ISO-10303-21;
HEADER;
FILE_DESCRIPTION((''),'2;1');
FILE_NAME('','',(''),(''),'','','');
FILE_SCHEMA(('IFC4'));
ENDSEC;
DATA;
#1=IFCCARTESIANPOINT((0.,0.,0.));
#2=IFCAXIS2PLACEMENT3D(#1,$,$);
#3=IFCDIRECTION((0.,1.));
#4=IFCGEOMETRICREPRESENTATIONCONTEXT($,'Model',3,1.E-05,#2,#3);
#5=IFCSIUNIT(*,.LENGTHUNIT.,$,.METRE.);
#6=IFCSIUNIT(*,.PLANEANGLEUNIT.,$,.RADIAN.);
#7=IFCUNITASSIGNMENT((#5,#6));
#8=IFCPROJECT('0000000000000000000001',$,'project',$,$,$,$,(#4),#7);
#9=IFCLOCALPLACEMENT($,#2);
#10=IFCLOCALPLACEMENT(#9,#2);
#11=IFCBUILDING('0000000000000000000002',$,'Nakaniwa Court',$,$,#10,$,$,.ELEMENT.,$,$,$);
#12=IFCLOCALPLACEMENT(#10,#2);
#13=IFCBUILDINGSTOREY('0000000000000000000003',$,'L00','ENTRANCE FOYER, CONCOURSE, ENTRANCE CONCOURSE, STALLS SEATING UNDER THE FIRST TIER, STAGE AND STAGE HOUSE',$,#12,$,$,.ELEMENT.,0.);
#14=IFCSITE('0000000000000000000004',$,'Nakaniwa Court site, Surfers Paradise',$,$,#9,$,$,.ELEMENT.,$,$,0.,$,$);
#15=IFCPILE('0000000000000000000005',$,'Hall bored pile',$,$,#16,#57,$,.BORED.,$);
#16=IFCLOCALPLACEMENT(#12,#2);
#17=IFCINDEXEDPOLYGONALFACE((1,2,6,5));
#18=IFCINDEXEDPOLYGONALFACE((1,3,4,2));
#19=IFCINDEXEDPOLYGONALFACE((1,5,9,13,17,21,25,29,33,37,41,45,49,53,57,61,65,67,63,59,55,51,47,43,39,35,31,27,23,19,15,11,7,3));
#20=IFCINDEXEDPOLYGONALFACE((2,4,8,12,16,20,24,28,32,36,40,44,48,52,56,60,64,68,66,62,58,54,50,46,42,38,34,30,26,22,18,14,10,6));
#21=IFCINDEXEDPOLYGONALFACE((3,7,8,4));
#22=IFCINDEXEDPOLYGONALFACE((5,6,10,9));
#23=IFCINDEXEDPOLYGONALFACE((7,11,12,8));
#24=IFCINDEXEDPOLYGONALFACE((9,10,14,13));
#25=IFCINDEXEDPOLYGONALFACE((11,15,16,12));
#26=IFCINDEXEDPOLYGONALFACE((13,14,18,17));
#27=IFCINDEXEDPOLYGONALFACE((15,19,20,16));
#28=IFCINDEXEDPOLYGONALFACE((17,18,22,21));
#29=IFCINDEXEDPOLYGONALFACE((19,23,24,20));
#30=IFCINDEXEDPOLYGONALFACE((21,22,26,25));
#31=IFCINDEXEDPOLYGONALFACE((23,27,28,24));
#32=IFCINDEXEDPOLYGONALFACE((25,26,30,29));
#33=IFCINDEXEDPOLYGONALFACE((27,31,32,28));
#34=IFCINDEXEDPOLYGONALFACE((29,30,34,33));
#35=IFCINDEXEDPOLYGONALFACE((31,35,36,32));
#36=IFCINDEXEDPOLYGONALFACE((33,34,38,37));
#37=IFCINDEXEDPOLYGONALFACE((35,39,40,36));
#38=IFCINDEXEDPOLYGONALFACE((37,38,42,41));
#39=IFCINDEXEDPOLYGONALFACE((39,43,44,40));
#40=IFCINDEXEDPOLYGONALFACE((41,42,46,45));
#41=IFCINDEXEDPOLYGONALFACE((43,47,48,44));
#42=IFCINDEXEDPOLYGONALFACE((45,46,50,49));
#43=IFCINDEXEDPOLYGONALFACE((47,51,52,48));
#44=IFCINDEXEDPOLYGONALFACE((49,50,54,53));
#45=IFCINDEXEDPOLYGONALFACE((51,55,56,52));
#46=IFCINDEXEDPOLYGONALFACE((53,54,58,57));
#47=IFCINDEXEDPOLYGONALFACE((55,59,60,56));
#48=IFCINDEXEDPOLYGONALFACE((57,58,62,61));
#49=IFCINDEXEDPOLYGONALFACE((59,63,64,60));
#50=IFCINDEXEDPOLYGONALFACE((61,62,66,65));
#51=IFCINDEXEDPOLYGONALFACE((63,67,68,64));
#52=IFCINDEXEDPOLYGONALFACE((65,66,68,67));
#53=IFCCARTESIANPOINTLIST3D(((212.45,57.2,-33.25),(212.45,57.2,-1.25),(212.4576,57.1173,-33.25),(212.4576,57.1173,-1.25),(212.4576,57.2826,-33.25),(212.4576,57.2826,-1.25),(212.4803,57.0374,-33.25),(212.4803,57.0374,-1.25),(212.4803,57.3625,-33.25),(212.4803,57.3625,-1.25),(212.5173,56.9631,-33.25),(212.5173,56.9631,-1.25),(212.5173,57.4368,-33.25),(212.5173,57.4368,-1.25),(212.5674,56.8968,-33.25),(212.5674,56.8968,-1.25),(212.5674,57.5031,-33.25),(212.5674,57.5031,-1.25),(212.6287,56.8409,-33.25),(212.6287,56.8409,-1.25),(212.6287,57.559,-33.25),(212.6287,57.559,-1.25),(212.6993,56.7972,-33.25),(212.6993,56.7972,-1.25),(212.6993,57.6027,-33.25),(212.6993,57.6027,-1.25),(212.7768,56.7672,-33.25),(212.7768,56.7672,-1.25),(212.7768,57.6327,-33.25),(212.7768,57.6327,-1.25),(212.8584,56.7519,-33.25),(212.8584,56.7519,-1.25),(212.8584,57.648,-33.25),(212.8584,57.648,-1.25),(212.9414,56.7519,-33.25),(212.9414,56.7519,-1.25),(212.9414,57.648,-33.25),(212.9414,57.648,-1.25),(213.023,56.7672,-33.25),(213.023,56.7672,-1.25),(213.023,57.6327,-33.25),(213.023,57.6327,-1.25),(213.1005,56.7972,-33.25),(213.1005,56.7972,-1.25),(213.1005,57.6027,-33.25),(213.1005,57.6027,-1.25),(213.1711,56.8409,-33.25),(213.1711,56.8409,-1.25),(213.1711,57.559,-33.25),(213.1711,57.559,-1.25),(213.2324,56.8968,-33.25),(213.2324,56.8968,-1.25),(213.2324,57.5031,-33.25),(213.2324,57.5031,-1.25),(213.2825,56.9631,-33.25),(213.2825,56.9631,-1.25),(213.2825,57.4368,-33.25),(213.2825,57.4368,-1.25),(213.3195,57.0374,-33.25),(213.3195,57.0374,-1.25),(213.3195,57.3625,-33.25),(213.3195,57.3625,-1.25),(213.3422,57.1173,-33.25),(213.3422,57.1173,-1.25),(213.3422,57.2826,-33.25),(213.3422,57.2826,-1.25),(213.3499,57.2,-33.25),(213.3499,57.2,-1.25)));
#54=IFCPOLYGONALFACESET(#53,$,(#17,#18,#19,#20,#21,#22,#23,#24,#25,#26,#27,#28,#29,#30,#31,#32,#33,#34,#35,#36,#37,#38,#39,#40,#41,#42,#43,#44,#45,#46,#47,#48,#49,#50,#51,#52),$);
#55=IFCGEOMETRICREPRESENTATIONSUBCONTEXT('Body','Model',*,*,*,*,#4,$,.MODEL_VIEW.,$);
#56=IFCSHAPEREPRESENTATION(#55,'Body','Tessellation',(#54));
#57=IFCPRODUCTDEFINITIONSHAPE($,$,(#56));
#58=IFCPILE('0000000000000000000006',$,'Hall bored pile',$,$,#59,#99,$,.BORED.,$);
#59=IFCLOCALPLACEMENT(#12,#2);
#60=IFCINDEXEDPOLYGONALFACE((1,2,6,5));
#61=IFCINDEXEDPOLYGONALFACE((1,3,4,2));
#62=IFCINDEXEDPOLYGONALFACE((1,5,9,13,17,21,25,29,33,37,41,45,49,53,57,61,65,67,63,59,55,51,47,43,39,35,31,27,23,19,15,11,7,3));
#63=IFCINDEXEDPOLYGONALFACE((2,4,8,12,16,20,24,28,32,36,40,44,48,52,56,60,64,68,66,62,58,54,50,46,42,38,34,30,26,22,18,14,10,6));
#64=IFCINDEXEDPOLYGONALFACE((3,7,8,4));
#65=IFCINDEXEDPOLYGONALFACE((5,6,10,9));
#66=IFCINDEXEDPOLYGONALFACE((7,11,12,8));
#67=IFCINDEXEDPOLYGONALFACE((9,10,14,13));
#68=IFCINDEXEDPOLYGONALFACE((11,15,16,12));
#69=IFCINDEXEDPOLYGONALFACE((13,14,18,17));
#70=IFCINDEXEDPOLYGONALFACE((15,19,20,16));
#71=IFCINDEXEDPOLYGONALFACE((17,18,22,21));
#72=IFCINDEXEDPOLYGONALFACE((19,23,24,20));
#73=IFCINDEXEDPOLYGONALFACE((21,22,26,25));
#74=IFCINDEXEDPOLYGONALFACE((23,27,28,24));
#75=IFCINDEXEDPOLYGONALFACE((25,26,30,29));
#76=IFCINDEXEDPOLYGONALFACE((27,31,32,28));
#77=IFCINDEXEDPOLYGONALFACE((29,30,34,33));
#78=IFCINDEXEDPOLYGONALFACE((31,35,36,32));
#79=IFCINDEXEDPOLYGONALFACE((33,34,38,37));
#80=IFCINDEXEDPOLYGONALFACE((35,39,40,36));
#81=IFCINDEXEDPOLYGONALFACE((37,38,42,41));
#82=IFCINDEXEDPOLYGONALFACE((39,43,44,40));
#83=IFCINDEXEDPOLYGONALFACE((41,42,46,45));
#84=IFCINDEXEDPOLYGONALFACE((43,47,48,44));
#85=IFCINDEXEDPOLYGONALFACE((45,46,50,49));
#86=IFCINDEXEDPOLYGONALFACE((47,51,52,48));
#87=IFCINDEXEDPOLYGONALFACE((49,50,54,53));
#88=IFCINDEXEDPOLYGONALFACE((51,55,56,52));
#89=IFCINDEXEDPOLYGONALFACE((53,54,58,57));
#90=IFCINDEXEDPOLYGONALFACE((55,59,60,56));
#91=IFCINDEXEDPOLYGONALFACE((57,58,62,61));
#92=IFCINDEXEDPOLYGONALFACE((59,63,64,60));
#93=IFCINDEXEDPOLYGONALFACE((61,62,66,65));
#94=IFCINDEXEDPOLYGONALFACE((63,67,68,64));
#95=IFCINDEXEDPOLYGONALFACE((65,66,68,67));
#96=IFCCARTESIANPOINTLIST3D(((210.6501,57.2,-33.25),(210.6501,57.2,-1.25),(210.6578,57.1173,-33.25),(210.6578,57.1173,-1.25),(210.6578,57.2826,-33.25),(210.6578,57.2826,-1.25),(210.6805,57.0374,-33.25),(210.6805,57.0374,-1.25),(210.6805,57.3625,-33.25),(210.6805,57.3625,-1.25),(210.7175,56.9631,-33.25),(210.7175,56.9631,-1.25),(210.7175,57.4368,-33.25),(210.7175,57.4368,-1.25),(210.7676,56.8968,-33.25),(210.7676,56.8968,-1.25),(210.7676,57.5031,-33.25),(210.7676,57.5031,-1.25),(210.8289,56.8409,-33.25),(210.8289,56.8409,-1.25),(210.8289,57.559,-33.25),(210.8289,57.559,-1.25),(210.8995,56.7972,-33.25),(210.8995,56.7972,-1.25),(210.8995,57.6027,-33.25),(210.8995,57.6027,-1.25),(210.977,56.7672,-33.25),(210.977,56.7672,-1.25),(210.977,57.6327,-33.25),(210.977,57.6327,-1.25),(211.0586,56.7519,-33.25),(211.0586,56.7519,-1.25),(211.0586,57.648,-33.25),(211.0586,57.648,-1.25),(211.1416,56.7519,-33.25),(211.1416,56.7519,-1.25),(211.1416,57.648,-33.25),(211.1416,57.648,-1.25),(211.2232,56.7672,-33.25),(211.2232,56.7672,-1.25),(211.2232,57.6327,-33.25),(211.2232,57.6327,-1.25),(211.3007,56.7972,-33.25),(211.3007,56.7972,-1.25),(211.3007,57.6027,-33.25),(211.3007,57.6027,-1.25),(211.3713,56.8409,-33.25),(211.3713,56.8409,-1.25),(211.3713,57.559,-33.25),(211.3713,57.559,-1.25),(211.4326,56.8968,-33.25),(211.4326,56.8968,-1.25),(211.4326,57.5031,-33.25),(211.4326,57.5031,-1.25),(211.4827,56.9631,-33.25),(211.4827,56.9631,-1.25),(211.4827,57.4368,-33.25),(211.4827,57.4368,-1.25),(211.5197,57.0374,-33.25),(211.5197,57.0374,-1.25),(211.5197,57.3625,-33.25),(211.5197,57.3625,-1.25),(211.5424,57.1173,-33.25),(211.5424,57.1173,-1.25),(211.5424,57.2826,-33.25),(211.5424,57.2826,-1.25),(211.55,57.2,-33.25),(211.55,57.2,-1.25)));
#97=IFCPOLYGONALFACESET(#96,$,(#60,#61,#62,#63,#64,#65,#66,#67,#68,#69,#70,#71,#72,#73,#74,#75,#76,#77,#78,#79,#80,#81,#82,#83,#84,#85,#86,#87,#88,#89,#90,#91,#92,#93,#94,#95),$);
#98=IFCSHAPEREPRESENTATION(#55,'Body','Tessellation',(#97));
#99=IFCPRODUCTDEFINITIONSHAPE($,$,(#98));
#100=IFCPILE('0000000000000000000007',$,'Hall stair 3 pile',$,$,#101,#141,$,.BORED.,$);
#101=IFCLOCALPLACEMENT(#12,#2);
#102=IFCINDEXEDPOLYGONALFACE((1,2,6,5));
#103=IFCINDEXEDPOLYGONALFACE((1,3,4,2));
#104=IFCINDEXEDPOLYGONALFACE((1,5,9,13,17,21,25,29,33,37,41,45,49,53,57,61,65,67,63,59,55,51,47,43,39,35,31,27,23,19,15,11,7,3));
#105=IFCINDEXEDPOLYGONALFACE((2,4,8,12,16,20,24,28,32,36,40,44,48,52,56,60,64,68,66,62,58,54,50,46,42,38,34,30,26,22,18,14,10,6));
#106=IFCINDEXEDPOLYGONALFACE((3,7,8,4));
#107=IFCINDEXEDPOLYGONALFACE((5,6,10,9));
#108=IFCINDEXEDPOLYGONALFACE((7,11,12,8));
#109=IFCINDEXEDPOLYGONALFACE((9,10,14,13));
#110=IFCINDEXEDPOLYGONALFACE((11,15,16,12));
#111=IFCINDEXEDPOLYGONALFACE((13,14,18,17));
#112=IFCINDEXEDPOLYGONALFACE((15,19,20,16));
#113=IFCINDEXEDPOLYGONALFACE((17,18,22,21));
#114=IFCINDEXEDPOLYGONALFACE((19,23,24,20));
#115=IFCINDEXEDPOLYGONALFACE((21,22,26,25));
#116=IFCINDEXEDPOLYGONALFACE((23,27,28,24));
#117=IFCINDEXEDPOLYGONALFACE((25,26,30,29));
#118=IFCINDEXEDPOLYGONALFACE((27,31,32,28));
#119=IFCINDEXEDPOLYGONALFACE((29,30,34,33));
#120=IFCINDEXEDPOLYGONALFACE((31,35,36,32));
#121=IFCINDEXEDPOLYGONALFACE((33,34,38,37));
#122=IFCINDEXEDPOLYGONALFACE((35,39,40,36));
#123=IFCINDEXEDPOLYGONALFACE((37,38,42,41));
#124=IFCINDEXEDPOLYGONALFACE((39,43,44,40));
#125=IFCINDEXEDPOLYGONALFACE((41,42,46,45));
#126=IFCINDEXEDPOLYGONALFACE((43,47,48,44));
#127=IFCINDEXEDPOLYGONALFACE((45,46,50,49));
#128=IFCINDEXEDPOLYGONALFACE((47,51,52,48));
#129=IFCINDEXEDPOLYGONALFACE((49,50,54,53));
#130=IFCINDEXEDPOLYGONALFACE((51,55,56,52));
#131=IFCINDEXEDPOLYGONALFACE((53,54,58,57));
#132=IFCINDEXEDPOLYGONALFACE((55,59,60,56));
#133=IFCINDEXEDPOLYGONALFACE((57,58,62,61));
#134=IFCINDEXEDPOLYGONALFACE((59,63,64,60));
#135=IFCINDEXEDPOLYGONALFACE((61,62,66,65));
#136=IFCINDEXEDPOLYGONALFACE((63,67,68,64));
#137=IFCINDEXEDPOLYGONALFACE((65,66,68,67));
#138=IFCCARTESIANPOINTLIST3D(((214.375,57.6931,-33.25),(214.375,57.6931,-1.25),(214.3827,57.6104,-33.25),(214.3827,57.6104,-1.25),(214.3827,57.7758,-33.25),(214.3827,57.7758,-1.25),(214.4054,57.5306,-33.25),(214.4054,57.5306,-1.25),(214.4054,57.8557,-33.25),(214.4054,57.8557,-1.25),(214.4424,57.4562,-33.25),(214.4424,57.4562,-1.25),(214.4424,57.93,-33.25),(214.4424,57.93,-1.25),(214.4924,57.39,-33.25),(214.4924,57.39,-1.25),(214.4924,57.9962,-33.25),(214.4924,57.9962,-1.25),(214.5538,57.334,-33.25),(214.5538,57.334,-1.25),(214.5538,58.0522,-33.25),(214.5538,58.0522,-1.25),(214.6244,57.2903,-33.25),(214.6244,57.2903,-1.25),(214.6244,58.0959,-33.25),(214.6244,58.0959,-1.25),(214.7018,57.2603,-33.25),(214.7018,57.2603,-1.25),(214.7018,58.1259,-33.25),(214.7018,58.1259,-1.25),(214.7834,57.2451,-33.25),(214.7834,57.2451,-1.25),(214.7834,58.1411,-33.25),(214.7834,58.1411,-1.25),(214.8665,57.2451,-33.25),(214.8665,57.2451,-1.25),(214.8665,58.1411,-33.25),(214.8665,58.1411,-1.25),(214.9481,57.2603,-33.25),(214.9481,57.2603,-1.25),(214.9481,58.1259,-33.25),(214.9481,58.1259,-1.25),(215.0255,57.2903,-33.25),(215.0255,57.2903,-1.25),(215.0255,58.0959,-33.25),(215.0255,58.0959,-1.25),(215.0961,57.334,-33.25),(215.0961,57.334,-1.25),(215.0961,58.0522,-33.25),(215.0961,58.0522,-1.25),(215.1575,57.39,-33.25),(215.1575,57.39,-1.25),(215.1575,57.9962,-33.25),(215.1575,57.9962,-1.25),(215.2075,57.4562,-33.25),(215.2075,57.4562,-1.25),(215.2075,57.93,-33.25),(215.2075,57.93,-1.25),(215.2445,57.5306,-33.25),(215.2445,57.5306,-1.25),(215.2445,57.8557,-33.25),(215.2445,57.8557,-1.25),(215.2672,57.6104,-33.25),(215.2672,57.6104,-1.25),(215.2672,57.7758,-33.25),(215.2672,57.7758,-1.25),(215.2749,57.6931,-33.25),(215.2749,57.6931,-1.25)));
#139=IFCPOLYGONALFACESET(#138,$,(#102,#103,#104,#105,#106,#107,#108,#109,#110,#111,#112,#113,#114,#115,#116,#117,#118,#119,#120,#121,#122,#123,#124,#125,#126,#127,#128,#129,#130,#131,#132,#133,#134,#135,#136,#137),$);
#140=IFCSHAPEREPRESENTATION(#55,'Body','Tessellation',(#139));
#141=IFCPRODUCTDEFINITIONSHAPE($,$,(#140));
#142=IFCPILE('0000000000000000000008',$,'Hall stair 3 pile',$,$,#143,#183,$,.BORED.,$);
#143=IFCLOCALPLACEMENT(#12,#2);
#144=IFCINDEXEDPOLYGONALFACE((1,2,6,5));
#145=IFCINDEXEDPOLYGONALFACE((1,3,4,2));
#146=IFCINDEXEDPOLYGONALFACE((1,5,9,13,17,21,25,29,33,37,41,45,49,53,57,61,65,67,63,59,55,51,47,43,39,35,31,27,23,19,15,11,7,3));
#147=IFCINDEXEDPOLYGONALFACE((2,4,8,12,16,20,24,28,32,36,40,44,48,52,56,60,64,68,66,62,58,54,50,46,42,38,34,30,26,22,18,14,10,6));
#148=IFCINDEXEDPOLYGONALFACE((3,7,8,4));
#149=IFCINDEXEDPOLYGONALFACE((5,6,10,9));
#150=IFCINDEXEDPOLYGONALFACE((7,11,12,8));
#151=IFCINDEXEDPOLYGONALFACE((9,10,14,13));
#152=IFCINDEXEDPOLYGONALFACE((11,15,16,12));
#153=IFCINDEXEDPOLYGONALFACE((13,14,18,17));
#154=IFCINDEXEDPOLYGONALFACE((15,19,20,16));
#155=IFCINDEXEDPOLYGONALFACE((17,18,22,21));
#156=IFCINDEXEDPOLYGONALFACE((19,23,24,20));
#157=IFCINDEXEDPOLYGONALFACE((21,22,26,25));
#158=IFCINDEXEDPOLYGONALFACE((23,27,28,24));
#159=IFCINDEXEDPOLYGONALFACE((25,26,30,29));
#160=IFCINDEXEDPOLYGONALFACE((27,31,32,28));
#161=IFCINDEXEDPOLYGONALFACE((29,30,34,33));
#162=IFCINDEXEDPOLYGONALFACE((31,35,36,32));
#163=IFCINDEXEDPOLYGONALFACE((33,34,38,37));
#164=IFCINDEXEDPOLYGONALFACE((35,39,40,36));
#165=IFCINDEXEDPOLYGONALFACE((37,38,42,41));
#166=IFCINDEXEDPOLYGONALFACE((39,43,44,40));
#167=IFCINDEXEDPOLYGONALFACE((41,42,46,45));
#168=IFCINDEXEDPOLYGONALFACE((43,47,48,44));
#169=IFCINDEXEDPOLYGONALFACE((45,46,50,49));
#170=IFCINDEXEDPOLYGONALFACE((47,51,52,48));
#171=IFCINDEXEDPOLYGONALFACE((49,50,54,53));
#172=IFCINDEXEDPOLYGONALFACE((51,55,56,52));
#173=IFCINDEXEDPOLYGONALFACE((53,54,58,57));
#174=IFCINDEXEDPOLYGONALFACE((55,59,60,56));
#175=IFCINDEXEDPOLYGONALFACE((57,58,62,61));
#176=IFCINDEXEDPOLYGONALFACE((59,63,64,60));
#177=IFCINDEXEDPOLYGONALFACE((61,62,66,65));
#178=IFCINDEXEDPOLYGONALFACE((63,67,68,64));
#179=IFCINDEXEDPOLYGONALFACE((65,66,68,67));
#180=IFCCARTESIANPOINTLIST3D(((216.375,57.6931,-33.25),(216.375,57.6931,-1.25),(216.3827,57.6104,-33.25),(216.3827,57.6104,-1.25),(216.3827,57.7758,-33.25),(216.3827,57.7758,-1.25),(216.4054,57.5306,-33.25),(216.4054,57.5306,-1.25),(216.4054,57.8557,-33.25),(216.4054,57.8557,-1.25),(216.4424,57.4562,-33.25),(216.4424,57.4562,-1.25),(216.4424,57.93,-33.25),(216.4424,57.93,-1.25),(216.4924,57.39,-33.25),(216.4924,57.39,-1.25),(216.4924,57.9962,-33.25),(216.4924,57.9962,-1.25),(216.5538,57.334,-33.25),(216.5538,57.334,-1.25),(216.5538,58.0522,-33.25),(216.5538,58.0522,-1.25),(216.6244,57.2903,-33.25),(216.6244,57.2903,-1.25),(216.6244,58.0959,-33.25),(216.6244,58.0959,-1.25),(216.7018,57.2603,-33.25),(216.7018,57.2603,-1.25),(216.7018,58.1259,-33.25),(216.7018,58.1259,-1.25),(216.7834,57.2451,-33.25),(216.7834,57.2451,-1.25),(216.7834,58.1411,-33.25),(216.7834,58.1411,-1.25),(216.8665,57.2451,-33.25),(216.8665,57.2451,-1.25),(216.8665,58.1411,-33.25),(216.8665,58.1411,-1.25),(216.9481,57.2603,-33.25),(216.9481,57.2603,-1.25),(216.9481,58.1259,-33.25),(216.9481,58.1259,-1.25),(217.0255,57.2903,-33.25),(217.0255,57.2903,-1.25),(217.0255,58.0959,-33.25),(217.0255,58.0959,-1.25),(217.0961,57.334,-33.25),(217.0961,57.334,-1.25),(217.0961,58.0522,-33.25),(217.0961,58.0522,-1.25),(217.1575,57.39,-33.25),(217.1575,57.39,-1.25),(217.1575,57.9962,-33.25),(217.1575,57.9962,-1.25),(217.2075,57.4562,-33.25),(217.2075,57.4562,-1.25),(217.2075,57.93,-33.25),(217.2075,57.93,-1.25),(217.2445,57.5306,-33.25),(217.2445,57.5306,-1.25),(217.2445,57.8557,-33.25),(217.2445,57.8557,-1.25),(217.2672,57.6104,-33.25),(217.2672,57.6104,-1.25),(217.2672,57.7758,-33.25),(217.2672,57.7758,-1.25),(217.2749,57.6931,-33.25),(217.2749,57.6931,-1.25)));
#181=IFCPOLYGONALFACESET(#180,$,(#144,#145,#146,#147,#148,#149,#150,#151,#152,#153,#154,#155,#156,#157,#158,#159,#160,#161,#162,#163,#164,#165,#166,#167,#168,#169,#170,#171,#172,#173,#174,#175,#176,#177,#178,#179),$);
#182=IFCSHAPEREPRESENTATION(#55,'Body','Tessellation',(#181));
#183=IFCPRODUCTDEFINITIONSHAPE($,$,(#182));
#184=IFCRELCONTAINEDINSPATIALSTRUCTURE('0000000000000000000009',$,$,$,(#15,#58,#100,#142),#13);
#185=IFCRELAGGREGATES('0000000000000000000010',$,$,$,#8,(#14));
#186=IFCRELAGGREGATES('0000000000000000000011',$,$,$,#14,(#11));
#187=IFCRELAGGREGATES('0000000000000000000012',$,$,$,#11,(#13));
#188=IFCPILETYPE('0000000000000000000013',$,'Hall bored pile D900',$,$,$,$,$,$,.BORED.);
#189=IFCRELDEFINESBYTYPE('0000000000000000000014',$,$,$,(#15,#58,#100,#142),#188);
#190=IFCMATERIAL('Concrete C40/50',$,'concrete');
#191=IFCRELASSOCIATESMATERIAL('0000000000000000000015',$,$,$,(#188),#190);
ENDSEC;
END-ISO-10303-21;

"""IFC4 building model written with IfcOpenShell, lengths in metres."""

from ifc_helpers import new_model, si_unit, direction, frame, origin, origin_2d, place, context, subcontext, project, spatial, circle, extrude, material, material_profile, profile_set, type_object, element, save


model = new_model("IFC4")

# Units and contexts
model_context = context("Model", 3, precision=1e-05, world=origin(), true_north=direction((0.0, 1.0)))
body_context = subcontext(model_context, "Body", "Model", "MODEL_VIEW")
ifc_project = project(units=[si_unit("LENGTHUNIT", "METRE"), si_unit("PLANEANGLEUNIT", "RADIAN")], contexts=[model_context])

# Site, building, storey
site_placement = place(None, origin())
site = spatial("IfcSite", under=ifc_project, at=site_placement, Name="Nakaniwa Court site, Surfers Paradise", CompositionType="ELEMENT", RefElevation=0.0)
building_placement = place(site_placement, origin())
building = spatial("IfcBuilding", under=site, at=building_placement, Name="Nakaniwa Court", CompositionType="ELEMENT")
storey_placement = place(building_placement, origin())
storey = spatial("IfcBuildingStorey", under=building, at=storey_placement, Name="L00", Description="ENTRANCE FOYER, CONCOURSE, ENTRANCE CONCOURSE, STALLS SEATING UNDER THE FIRST TIER, STAGE AND STAGE HOUSE", CompositionType="ELEMENT", Elevation=0.0)

# Piles
ifc_material_1 = material(Name="Concrete C40/50", Category="concrete")
ifc_material_profile_1 = material_profile(ifc_material_1, circle(Radius=0.45, at=origin_2d()), Name="Bored pile D900")
ifc_profile_set_1 = profile_set([ifc_material_profile_1], Name="Concrete C40/50")
pile_type = type_object("IfcPileType", Name="Hall bored pile D900", PredefinedType="BORED", material=ifc_profile_set_1)
for number, where, z_axis, x_axis, name in (
    (1, (212.8999, 57.2, -1.25), (0.0, 0.0, -1.0), (1.0, 0.0, 0.0), "Hall bored pile"),
    (2, (211.1001, 57.2, -1.25), (0.0, 0.0, -1.0), (1.0, 0.0, 0.0), "Hall bored pile"),
    (3, (214.825, 57.6931, -1.25), (0.0, 0.0, -1.0), (1.0, 0.0, 0.0), "Hall stair 3 pile"),
    (4, (216.825, 57.6931, -1.25), (0.0, 0.0, -1.0), (1.0, 0.0, 0.0), "Hall stair 3 pile"),
):
    element("IfcPile", number, at=place(storey_placement, frame(where, z_axis=z_axis, x_axis=x_axis)), inside=storey, type_object=pile_type, Name=name, PredefinedType="BORED", context=body_context, shape_type="SweptSolid", body=[
        extrude(circle(Radius=0.45, at=origin_2d()), origin(), (0.0, 0.0, 1.0), 32.0),
    ])

save(model, "model.ifc")
